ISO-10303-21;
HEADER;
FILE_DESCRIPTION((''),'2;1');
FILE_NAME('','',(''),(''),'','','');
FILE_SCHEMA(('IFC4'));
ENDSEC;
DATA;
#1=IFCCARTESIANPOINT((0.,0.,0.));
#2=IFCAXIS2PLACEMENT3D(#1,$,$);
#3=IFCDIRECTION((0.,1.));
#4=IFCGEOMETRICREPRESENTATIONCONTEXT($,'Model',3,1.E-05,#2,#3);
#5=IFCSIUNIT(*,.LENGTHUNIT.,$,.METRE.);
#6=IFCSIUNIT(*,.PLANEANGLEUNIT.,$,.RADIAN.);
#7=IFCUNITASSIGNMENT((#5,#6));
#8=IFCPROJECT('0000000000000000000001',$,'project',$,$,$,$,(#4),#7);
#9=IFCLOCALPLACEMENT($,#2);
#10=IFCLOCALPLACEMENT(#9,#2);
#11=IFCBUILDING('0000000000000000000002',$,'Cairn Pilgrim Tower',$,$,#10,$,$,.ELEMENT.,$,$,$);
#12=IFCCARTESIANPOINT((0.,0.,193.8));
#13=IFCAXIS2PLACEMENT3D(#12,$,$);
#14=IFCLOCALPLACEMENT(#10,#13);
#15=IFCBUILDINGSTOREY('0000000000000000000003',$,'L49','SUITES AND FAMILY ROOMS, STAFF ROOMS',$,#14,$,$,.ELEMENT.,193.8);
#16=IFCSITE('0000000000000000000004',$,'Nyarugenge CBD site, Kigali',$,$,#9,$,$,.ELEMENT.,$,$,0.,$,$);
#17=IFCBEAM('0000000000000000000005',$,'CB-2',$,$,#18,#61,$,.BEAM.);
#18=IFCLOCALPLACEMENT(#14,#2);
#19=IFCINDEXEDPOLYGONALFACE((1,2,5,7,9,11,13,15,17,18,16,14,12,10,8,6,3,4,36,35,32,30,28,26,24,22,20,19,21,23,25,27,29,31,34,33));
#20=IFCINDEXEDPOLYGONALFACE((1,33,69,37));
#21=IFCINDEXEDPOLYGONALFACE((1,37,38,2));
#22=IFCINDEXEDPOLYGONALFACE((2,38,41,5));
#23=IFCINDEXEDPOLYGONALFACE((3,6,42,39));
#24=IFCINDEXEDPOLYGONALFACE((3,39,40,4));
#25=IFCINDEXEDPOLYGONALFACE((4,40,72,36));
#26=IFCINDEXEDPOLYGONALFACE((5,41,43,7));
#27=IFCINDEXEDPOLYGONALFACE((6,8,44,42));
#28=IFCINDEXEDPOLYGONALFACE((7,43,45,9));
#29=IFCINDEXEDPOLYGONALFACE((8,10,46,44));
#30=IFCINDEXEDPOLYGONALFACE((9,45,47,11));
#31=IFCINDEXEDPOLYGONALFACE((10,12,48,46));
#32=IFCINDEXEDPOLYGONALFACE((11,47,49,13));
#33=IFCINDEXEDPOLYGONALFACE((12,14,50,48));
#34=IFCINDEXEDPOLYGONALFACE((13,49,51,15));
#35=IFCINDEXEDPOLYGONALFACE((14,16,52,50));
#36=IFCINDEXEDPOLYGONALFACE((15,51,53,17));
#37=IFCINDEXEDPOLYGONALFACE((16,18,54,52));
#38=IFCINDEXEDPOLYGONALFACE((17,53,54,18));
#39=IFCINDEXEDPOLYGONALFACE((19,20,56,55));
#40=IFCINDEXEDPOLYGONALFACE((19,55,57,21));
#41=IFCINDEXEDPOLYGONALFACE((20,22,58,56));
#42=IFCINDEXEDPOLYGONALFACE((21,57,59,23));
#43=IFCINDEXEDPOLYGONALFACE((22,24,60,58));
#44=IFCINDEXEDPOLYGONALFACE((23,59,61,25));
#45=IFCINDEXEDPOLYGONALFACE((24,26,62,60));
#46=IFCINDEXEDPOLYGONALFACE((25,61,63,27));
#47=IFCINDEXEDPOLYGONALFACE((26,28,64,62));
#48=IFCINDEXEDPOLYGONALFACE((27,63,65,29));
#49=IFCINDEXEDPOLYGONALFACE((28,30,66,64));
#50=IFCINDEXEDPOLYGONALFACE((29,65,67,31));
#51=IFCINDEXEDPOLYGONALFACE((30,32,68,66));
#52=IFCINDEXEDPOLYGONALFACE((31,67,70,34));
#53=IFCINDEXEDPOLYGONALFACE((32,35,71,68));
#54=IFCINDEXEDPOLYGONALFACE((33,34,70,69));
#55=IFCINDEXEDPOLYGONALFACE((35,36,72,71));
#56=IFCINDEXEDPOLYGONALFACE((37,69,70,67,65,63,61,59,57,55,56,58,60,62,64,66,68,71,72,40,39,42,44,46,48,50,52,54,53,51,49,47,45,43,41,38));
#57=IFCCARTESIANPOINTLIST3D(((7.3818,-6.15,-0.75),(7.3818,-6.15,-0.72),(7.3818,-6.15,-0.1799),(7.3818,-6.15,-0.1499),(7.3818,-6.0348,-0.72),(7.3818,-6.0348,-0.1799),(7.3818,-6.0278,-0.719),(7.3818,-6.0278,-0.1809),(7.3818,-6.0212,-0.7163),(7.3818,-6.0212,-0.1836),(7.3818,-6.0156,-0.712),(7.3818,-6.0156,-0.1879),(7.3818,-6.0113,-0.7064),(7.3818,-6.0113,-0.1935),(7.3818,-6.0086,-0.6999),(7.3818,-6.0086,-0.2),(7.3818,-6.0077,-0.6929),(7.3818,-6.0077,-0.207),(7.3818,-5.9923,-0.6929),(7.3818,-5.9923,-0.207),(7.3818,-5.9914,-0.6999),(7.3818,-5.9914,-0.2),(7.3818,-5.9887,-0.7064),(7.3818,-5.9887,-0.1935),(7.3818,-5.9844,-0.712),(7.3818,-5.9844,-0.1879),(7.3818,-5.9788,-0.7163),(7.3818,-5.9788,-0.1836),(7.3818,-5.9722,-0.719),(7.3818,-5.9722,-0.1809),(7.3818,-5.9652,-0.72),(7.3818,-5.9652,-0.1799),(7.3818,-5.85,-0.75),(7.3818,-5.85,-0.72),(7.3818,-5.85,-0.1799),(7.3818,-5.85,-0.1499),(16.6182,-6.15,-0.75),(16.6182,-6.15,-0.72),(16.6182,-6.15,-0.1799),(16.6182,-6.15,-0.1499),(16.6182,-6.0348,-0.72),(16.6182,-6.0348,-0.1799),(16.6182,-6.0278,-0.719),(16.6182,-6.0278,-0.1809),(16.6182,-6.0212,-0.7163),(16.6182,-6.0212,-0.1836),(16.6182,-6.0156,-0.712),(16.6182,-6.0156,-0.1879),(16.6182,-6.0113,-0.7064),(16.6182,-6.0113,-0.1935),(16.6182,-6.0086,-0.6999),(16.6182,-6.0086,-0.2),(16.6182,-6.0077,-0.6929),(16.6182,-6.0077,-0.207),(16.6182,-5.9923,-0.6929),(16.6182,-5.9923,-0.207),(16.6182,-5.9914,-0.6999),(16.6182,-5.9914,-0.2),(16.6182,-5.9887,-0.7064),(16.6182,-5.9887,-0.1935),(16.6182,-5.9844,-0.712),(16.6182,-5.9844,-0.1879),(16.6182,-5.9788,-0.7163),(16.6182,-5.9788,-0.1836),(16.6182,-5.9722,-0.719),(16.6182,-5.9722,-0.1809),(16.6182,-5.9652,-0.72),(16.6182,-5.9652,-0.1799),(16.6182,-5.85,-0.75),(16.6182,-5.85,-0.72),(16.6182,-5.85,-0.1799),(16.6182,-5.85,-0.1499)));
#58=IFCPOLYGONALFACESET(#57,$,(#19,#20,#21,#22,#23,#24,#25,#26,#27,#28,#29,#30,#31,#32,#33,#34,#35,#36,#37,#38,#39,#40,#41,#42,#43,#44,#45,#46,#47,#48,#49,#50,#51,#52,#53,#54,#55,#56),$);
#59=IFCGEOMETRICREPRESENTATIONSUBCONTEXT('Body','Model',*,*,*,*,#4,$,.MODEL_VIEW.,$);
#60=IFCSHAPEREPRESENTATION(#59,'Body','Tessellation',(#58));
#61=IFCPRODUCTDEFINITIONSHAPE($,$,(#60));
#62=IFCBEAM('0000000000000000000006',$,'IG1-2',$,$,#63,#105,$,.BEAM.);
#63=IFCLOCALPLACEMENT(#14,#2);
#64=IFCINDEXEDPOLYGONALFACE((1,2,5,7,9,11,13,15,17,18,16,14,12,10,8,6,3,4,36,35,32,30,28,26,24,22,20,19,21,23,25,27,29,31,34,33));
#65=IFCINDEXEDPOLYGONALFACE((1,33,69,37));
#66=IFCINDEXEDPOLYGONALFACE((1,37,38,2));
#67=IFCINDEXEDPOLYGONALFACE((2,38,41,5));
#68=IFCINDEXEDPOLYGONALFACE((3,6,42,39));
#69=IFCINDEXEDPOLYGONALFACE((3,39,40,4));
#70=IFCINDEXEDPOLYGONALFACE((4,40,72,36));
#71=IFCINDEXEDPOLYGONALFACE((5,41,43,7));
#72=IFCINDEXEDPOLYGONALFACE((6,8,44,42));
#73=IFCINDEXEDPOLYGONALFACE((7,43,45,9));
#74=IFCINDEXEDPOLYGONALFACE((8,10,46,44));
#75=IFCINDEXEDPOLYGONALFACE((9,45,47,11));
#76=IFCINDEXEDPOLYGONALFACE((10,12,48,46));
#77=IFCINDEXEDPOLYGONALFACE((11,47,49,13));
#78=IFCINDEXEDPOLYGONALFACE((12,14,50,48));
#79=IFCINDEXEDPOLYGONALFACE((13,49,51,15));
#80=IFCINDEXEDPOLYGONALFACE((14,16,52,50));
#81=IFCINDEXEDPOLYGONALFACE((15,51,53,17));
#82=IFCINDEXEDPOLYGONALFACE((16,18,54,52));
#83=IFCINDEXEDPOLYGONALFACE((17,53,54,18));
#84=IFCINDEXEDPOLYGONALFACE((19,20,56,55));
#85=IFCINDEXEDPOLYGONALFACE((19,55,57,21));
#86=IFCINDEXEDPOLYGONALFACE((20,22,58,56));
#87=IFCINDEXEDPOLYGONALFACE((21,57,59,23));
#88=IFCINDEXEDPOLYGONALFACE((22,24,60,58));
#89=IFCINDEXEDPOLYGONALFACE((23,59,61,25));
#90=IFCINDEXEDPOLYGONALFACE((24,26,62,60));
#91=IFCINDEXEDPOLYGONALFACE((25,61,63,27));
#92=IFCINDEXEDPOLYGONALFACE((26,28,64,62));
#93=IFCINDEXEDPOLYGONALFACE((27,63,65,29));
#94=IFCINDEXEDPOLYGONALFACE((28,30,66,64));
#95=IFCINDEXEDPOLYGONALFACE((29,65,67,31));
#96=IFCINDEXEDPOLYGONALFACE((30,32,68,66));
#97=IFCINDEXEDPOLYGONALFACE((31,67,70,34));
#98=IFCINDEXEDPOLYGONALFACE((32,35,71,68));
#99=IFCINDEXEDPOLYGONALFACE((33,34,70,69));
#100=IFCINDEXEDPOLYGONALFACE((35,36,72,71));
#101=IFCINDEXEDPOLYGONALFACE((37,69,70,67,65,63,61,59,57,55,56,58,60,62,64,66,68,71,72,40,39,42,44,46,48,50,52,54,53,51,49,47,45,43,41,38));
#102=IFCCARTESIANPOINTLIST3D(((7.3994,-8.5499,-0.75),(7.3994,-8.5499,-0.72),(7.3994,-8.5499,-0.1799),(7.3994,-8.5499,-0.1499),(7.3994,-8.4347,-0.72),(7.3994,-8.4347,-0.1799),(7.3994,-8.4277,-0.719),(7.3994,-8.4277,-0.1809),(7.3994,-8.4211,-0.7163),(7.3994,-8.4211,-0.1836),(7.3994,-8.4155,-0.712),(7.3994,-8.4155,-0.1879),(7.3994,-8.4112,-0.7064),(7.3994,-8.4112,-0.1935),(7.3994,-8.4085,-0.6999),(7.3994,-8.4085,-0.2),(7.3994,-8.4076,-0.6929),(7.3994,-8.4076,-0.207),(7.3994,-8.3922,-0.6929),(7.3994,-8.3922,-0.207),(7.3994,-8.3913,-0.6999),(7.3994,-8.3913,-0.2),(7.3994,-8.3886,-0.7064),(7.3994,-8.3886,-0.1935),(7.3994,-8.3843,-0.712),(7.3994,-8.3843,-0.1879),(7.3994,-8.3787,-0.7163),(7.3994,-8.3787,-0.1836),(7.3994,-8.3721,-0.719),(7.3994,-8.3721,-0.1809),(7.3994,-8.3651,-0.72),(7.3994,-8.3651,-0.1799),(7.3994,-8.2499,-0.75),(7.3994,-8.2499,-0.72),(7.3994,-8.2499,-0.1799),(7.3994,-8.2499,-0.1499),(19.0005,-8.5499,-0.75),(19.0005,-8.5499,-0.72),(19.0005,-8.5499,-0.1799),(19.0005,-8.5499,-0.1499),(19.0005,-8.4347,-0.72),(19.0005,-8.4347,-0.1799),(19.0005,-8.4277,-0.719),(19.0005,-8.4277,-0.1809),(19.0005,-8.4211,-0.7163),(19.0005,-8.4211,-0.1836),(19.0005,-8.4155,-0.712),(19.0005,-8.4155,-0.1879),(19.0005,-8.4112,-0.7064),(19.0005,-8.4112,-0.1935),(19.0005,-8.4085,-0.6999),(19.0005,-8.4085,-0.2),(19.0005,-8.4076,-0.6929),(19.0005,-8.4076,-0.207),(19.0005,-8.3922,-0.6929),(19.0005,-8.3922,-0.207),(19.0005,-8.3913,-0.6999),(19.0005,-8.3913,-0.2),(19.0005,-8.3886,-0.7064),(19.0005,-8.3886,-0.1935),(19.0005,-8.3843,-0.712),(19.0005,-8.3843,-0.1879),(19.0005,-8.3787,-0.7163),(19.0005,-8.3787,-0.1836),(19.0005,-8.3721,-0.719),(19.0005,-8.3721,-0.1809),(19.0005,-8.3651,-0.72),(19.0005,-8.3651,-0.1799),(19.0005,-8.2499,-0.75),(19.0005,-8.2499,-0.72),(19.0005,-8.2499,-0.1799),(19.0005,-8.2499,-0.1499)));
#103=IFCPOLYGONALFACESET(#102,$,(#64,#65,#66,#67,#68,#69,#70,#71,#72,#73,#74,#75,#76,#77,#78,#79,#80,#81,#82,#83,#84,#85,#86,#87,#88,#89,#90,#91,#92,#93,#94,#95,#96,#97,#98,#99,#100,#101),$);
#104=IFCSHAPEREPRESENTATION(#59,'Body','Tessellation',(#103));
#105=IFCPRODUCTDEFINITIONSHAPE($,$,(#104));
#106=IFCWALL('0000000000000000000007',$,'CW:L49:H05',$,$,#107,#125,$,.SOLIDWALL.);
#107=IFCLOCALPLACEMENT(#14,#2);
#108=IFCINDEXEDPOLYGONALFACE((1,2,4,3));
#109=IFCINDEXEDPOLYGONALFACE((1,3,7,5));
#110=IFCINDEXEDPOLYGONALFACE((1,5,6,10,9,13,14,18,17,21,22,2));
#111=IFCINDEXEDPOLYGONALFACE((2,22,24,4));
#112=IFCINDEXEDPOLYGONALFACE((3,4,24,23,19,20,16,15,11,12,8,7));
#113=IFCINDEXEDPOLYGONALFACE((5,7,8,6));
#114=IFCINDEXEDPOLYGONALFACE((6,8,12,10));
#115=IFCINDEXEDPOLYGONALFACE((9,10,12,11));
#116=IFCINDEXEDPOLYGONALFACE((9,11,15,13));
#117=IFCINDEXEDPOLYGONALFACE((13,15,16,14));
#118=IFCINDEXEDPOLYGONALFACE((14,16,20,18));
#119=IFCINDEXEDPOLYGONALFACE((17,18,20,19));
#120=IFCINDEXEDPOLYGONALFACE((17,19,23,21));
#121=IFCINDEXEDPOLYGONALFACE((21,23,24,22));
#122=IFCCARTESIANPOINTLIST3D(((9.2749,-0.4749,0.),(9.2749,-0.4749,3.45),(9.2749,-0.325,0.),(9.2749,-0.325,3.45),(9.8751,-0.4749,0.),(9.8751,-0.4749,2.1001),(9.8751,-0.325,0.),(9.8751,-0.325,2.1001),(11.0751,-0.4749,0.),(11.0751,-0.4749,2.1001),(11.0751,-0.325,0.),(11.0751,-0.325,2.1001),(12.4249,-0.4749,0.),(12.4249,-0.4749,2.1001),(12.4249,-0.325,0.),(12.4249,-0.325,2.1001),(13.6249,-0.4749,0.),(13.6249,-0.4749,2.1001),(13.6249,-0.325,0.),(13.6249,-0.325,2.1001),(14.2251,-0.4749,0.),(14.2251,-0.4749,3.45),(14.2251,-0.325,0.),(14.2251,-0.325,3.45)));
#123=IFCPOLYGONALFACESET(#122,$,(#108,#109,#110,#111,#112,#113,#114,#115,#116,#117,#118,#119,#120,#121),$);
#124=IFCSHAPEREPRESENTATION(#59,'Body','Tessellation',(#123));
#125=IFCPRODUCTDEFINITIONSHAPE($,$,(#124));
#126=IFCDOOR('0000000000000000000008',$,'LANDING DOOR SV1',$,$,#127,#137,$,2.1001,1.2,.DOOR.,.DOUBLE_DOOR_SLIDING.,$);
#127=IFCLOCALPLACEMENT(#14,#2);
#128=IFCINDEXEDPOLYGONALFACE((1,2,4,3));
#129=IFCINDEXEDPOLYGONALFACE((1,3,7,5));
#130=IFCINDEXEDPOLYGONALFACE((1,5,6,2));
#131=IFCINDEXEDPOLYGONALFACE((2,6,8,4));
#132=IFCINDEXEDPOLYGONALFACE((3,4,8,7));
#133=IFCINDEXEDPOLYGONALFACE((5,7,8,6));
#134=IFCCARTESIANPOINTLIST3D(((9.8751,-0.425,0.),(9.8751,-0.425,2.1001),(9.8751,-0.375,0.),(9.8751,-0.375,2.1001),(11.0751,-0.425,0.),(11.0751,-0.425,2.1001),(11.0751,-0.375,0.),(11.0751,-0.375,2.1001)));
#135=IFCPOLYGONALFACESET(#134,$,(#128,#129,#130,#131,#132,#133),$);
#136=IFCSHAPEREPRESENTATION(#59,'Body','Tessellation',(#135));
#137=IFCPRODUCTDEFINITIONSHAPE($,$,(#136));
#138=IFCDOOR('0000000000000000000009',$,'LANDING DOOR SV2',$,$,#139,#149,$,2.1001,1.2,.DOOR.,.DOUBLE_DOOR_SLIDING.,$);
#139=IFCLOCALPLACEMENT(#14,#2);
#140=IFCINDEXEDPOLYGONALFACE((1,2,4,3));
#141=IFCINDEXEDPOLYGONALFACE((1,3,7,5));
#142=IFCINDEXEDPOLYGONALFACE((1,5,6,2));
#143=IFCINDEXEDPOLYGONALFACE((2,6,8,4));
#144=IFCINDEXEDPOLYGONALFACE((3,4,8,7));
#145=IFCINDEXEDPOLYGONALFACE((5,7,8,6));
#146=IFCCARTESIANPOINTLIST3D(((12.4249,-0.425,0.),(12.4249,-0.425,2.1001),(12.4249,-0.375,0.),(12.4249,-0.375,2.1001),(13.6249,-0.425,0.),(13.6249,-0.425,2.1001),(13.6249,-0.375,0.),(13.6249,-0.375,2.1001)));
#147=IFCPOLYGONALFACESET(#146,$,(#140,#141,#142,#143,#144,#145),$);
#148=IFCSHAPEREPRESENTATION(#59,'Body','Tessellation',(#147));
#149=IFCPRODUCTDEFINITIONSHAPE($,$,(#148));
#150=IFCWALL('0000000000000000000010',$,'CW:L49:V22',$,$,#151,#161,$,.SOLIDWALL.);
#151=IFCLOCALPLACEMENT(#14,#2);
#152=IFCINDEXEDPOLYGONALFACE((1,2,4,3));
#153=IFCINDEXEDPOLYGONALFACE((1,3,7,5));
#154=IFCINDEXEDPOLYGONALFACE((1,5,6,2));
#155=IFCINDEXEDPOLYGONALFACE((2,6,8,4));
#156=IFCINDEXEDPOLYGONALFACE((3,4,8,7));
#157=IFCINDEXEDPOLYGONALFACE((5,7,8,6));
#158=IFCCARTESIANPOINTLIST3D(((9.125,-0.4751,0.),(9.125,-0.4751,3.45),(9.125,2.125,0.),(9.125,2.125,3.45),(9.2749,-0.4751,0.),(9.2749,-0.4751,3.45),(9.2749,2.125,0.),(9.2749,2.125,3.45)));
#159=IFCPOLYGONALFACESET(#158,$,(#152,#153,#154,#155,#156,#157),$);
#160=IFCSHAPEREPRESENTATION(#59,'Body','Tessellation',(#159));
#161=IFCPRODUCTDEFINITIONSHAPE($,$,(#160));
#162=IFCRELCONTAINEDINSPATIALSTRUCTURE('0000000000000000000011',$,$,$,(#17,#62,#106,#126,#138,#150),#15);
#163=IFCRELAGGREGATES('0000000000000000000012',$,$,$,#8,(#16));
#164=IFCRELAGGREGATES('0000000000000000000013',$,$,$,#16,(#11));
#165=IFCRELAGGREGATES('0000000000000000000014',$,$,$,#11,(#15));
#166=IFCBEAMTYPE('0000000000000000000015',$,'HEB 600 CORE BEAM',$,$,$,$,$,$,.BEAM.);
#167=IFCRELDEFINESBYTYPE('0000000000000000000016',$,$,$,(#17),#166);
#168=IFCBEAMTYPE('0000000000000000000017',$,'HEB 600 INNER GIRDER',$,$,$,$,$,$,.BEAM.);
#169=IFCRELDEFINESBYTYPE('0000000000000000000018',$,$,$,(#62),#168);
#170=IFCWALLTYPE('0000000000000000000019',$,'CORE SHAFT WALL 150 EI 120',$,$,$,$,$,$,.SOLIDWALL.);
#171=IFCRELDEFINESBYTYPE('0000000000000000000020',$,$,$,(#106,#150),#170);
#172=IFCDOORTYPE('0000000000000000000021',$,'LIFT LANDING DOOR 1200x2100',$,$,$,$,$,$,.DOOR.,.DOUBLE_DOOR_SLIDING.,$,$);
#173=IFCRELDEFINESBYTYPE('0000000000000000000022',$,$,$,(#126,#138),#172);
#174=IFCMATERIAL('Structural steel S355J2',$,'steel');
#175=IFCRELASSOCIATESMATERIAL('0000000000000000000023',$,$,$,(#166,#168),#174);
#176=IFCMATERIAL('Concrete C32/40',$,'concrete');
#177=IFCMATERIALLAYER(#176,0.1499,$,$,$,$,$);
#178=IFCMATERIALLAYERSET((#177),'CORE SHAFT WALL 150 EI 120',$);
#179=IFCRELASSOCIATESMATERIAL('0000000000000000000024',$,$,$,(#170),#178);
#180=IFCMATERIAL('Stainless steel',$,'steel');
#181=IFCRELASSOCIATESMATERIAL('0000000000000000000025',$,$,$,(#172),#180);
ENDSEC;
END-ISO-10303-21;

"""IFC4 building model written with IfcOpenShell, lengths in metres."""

from ifc_helpers import new_model, si_unit, direction, frame, frame_2d, origin, origin_2d, place, context, subcontext, project, spatial, rectangle, i_section, extrude, material, layer, layer_set, material_profile, profile_set, type_object, element, fill, save


model = new_model("IFC4")

# Units and contexts
model_context = context("Model", 3, precision=1e-05, world=origin(), true_north=direction((0.0, 1.0)))
body_context = subcontext(model_context, "Body", "Model", "MODEL_VIEW")
ifc_project = project(units=[si_unit("LENGTHUNIT", "METRE"), si_unit("PLANEANGLEUNIT", "RADIAN")], contexts=[model_context])

# Site, building, storey
site_placement = place(None, origin())
site = spatial("IfcSite", under=ifc_project, at=site_placement, Name="Nyarugenge CBD site, Kigali", CompositionType="ELEMENT", RefElevation=0.0)
building_placement = place(site_placement, origin())
building = spatial("IfcBuilding", under=site, at=building_placement, Name="Cairn Pilgrim Tower", CompositionType="ELEMENT")
storey_placement = place(building_placement, frame((0.0, 0.0, 193.8)))
storey = spatial("IfcBuildingStorey", under=building, at=storey_placement, Name="L49", Description="SUITES AND FAMILY ROOMS, STAFF ROOMS", CompositionType="ELEMENT", Elevation=193.8)

# Shared definitions
ifc_material_1 = material(Name="Structural steel S355J2", Category="steel")

# Beams
ifc_material_profile_1 = material_profile(ifc_material_1, i_section(OverallWidth=0.3, OverallDepth=0.6001, WebThickness=0.0154, FlangeThickness=0.03, FilletRadius=0.0271, at=origin_2d()), Name="HEB 600")
ifc_profile_set_1 = profile_set([ifc_material_profile_1], Name="Structural steel S355J2")
beam_type_1 = type_object("IfcBeamType", Name="HEB 600 CORE BEAM", PredefinedType="BEAM", material=ifc_profile_set_1)
beam_1_placement = place(storey_placement, frame((7.3818, -6.0, -0.45), z_axis=(1.0, 0.0, 0.0), x_axis=(0.0, 1.0, 0.0)))
element("IfcBeam", 1, at=beam_1_placement, inside=storey, type_object=beam_type_1, Name="CB-2", PredefinedType="BEAM", context=body_context, shape_type="SweptSolid", body=[
    extrude(i_section(OverallWidth=0.3, OverallDepth=0.6001, WebThickness=0.0154, FlangeThickness=0.03, FilletRadius=0.0271, at=origin_2d()), origin(), (0.0, 0.0, 1.0), 9.2363),
])
ifc_material_profile_2 = material_profile(ifc_material_1, i_section(OverallWidth=0.3, OverallDepth=0.6001, WebThickness=0.0154, FlangeThickness=0.03, FilletRadius=0.0271, at=origin_2d()), Name="HEB 600")
ifc_profile_set_2 = profile_set([ifc_material_profile_2], Name="Structural steel S355J2")
beam_type_2 = type_object("IfcBeamType", Name="HEB 600 INNER GIRDER", PredefinedType="BEAM", material=ifc_profile_set_2)
beam_2_placement = place(storey_placement, frame((7.3994, -8.3999, -0.45), z_axis=(1.0, 0.0, 0.0), x_axis=(0.0, 1.0, 0.0)))
element("IfcBeam", 2, at=beam_2_placement, inside=storey, type_object=beam_type_2, Name="IG1-2", PredefinedType="BEAM", context=body_context, shape_type="SweptSolid", body=[
    extrude(i_section(OverallWidth=0.3, OverallDepth=0.6001, WebThickness=0.0154, FlangeThickness=0.03, FilletRadius=0.0271, at=origin_2d()), origin(), (0.0, 0.0, 1.0), 11.6011),
])

# Wall, openings, doors
ifc_material_2 = material(Name="Concrete C32/40", Category="concrete")
ifc_layer_1 = layer(ifc_material_2, 0.1499)
ifc_layer_set_1 = layer_set([ifc_layer_1], Name="CORE SHAFT WALL 150 EI 120")
wall_type_1 = type_object("IfcWallType", Name="CORE SHAFT WALL 150 EI 120", PredefinedType="SOLIDWALL", material=ifc_layer_set_1)
wall_1_placement = place(storey_placement, frame((9.2749, -0.3999, 0.0), z_axis=(0.0, 0.0, 1.0), x_axis=(1.0, 0.0, 0.0)))
wall_1 = element("IfcWall", 3, at=wall_1_placement, inside=storey, type_object=wall_type_1, Name="CW:L49:H05", PredefinedType="SOLIDWALL", context=body_context, shape_type="SweptSolid", body=[
    extrude(rectangle(XDim=4.9502, YDim=0.1499, at=frame_2d((2.4751, 0.0))), origin(), (0.0, 0.0, 1.0), 3.45),
])
opening_1_placement = place(wall_1_placement, frame((0.6001, 0.0, 0.0)))
opening_1 = element("IfcOpeningElement", 4, at=opening_1_placement, cuts=wall_1, PredefinedType="OPENING", context=body_context, shape_type="SweptSolid", body=[
    extrude(rectangle(XDim=1.2, YDim=2.1001, at=frame_2d((0.6001, 1.05))), frame((0.0, 0.085, 0.0), z_axis=(0.0, -1.0, 0.0), x_axis=(1.0, 0.0, 0.0)), (0.0, 0.0, 1.0), 0.1699),
])
opening_2_placement = place(wall_1_placement, frame((3.1499, 0.0, 0.0)))
opening_2 = element("IfcOpeningElement", 5, at=opening_2_placement, cuts=wall_1, PredefinedType="OPENING", context=body_context, shape_type="SweptSolid", body=[
    extrude(rectangle(XDim=1.2, YDim=2.1001, at=frame_2d((0.6001, 1.05))), frame((0.0, 0.085, 0.0), z_axis=(0.0, -1.0, 0.0), x_axis=(1.0, 0.0, 0.0)), (0.0, 0.0, 1.0), 0.1699),
])
ifc_material_3 = material(Name="Stainless steel", Category="steel")
door_type_1 = type_object("IfcDoorType", Name="LIFT LANDING DOOR 1200x2100", OperationType="DOUBLE_DOOR_SLIDING", PredefinedType="DOOR", material=ifc_material_3)
door_1_placement = place(opening_1_placement, origin())
door_1 = element("IfcDoor", 6, at=door_1_placement, inside=storey, type_object=door_type_1, Name="LANDING DOOR SV1", OperationType="DOUBLE_DOOR_SLIDING", OverallHeight=2.1001, OverallWidth=1.2, PredefinedType="DOOR", context=body_context, shape_type="SweptSolid", body=[
    extrude(rectangle(XDim=1.2, YDim=2.1001, at=frame_2d((0.6001, 1.05))), frame((0.0, 0.0249, 0.0), z_axis=(0.0, -1.0, 0.0), x_axis=(1.0, 0.0, 0.0)), (0.0, 0.0, 1.0), 0.05),
])
fill(opening_1, door_1)
door_2_placement = place(opening_2_placement, origin())
door_2 = element("IfcDoor", 7, at=door_2_placement, inside=storey, type_object=door_type_1, Name="LANDING DOOR SV2", OperationType="DOUBLE_DOOR_SLIDING", OverallHeight=2.1001, OverallWidth=1.2, PredefinedType="DOOR", context=body_context, shape_type="SweptSolid", body=[
    extrude(rectangle(XDim=1.2, YDim=2.1001, at=frame_2d((0.6001, 1.05))), frame((0.0, 0.0249, 0.0), z_axis=(0.0, -1.0, 0.0), x_axis=(1.0, 0.0, 0.0)), (0.0, 0.0, 1.0), 0.05),
])
fill(opening_2, door_2)

# Wall
wall_2_placement = place(storey_placement, frame((9.2, -0.4751, 0.0), z_axis=(0.0, 0.0, 1.0), x_axis=(0.0, 1.0, 0.0)))
element("IfcWall", 8, at=wall_2_placement, inside=storey, type_object=wall_type_1, Name="CW:L49:V22", PredefinedType="SOLIDWALL", context=body_context, shape_type="SweptSolid", body=[
    extrude(rectangle(XDim=2.6001, YDim=0.1499, at=frame_2d((1.3, 0.0))), origin(), (0.0, 0.0, 1.0), 3.45),
])

save(model, "model.ifc")
